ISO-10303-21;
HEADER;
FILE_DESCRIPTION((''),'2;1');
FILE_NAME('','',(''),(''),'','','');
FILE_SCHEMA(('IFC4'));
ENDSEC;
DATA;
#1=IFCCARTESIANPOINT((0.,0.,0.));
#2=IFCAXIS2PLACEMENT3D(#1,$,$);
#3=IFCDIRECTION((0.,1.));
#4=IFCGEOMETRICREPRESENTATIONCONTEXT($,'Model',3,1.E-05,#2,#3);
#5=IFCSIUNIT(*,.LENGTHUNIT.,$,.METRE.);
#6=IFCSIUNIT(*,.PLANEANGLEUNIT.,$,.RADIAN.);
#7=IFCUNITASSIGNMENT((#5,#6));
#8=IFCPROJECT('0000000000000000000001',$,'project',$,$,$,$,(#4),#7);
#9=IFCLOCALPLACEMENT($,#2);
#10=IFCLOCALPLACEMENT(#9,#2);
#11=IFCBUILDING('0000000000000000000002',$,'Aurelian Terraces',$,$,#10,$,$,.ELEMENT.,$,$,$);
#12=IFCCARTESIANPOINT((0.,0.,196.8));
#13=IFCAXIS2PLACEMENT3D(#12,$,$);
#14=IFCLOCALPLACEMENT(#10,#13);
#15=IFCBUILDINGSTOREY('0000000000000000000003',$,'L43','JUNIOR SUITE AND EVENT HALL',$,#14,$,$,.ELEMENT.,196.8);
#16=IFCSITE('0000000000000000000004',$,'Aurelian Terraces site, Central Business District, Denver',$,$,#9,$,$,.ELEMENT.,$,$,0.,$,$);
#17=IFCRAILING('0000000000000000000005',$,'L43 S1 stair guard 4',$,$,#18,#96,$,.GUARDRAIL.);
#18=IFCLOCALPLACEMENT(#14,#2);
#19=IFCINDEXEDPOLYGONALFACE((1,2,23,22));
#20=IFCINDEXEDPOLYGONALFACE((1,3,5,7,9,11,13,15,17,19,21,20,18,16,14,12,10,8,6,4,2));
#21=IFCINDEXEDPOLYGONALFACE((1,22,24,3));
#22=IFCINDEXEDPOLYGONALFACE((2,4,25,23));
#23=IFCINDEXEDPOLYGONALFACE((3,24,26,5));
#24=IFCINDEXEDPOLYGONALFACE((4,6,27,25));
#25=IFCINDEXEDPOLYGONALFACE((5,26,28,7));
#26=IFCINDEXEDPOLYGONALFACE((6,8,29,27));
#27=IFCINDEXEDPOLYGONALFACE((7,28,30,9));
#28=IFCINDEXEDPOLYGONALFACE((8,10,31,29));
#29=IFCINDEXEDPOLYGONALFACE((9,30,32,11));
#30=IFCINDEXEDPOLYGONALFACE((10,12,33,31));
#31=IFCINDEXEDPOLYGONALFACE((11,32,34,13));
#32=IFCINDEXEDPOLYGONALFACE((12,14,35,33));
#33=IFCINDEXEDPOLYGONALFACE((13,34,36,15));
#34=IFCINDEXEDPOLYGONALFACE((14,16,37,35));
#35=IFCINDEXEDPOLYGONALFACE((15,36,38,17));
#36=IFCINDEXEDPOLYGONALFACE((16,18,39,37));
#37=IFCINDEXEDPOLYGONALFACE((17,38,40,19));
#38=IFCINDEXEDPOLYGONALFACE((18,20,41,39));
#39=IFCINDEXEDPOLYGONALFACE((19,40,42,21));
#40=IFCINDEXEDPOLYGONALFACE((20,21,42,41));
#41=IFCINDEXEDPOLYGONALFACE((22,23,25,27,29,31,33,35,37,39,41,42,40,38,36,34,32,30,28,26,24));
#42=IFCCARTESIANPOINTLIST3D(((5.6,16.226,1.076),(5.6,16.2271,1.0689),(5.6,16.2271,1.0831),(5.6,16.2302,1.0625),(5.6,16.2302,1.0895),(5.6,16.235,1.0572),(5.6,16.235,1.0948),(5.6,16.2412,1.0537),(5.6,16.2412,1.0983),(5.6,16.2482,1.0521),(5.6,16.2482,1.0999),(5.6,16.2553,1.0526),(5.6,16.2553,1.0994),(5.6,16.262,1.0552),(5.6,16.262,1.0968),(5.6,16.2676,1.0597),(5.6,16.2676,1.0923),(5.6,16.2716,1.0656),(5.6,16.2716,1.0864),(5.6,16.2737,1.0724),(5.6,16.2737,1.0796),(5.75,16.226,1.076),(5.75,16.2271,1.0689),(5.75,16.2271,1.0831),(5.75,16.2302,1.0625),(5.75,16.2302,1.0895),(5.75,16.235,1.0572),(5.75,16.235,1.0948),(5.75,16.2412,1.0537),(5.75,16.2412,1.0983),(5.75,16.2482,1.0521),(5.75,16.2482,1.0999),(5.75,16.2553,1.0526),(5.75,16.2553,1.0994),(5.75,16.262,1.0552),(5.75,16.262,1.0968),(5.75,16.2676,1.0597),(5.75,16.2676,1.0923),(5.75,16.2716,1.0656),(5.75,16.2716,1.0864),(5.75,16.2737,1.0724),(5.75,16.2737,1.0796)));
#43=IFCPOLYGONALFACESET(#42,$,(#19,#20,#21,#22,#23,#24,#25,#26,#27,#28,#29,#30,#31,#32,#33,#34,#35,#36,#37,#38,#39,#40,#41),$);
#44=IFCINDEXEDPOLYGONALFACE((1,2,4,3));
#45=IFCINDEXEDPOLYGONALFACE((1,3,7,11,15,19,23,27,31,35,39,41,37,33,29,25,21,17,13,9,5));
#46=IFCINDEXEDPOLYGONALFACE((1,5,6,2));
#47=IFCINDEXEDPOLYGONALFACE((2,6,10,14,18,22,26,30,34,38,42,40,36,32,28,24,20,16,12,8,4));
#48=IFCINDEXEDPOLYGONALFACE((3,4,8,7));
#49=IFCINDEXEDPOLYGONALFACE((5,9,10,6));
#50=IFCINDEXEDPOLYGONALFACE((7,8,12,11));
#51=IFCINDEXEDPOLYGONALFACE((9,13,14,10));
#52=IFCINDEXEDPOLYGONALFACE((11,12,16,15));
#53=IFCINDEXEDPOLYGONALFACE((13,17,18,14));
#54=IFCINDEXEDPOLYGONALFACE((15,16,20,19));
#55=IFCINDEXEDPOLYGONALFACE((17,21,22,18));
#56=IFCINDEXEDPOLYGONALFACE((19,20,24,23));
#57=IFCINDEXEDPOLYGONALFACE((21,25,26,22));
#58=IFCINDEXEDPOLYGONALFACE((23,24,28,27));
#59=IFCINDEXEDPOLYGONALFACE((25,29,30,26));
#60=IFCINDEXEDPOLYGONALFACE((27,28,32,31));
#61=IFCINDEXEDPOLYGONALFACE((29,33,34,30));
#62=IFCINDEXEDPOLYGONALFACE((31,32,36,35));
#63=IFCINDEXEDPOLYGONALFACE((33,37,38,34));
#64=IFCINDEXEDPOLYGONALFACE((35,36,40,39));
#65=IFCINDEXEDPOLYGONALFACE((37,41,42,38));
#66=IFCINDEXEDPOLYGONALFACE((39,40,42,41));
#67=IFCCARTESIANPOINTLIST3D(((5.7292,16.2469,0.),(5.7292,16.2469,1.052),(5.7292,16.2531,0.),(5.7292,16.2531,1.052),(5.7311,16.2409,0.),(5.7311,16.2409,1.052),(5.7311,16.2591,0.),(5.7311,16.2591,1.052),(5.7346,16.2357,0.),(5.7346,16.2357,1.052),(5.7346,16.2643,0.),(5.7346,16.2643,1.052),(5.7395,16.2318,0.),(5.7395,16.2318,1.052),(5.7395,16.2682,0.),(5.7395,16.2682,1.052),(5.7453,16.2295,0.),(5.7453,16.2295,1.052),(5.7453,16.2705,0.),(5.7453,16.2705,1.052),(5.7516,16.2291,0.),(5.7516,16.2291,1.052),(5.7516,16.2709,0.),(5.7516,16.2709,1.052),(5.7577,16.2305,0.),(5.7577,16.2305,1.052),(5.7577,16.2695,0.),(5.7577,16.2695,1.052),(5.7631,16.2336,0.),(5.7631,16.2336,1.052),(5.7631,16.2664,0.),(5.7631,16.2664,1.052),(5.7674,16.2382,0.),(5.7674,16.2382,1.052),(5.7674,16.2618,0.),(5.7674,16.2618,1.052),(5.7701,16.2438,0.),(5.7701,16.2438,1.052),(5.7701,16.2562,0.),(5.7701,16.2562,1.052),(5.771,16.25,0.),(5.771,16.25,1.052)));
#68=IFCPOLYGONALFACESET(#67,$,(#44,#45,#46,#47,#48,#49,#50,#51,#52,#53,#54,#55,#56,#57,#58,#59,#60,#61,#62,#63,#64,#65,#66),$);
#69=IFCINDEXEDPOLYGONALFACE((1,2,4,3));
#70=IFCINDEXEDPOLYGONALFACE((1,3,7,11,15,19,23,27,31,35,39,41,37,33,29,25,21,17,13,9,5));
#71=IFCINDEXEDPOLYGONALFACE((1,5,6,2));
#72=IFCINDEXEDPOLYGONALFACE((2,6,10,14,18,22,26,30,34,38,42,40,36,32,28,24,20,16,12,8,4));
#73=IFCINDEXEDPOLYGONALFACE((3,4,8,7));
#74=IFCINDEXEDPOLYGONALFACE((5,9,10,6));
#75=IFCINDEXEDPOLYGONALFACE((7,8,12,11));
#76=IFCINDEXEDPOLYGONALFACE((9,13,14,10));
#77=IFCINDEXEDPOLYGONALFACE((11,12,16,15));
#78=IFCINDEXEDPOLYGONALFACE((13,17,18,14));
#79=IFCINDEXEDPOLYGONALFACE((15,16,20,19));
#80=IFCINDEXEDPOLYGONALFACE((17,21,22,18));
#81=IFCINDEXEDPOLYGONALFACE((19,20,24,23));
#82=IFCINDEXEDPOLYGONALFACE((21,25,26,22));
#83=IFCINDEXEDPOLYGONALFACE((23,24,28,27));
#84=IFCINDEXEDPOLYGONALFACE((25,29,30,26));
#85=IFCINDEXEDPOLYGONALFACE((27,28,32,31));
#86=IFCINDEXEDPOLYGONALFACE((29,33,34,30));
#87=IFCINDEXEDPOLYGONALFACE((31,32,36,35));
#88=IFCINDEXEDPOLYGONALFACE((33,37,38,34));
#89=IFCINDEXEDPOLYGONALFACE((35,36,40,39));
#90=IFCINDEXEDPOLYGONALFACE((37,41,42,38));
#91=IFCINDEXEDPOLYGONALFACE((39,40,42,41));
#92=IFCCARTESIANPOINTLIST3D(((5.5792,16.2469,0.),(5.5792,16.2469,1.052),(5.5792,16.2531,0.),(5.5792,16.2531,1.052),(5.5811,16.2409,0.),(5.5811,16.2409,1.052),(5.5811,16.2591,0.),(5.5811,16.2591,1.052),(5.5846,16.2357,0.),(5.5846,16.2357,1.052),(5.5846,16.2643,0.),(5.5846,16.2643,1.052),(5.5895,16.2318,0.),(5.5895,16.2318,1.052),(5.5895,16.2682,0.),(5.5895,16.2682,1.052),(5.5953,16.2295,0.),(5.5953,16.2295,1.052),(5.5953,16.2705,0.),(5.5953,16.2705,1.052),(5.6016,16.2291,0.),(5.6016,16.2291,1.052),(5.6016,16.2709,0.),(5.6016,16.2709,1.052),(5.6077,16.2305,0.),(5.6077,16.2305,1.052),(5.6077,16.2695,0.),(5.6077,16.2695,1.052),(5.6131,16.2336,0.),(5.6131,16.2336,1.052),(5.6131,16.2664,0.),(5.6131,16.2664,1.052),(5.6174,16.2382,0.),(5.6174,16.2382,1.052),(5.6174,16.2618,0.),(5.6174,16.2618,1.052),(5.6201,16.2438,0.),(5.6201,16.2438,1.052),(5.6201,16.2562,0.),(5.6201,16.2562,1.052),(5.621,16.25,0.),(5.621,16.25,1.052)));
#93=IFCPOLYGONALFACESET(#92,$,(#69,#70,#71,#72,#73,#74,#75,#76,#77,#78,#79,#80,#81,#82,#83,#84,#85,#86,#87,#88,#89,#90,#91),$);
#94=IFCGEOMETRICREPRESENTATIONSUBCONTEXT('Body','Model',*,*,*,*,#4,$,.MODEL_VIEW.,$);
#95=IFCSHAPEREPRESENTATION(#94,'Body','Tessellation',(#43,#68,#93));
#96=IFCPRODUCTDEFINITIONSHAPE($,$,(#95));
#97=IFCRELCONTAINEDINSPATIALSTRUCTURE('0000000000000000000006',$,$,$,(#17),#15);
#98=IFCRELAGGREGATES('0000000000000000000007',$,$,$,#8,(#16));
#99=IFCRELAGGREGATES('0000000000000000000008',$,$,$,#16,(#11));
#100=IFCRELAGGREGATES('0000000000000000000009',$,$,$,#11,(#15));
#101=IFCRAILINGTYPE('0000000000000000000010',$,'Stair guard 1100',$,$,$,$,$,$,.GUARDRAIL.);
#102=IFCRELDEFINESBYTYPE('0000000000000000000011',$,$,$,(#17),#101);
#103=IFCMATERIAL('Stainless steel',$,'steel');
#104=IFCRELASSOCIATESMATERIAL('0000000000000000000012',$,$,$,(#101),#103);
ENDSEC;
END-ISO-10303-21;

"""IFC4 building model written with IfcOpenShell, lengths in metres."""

from ifc_helpers import new_model, si_unit, direction, frame, origin, origin_2d, place, context, subcontext, project, spatial, circle, extrude, source, transform, mapped, material, type_object, element, save


model = new_model("IFC4")

# Units and contexts
model_context = context("Model", 3, precision=1e-05, world=origin(), true_north=direction((0.0, 1.0)))
body_context = subcontext(model_context, "Body", "Model", "MODEL_VIEW")
ifc_project = project(units=[si_unit("LENGTHUNIT", "METRE"), si_unit("PLANEANGLEUNIT", "RADIAN")], contexts=[model_context])

# Site, building, storey
site_placement = place(None, origin())
site = spatial("IfcSite", under=ifc_project, at=site_placement, Name="Aurelian Terraces site, Central Business District, Denver", CompositionType="ELEMENT", RefElevation=0.0)
building_placement = place(site_placement, origin())
building = spatial("IfcBuilding", under=site, at=building_placement, Name="Aurelian Terraces", CompositionType="ELEMENT")
storey_placement = place(building_placement, frame((0.0, 0.0, 196.8)))
storey = spatial("IfcBuildingStorey", under=building, at=storey_placement, Name="L43", Description="JUNIOR SUITE AND EVENT HALL", CompositionType="ELEMENT", Elevation=196.8)

# Shared definitions
ifc_material_1 = material(Name="Stainless steel", Category="steel")

# Railing
railing_type_1 = type_object("IfcRailingType", Name="Stair guard 1100", PredefinedType="GUARDRAIL", material=ifc_material_1)
shared_shape_1 = source(origin(), body_context, "Body", "SweptSolid", [
    extrude(circle(Radius=0.024, at=origin_2d()), frame((0.0, 0.0, 1.076), z_axis=(-1.0, 0.0, 0.0), x_axis=(0.0, -1.0, 0.0)), (0.0, 0.0, 1.0), 0.15),
    extrude(circle(Radius=0.021, at=origin_2d()), origin(), (0.0, 0.0, 1.0), 1.052),
    extrude(circle(Radius=0.021, at=origin_2d()), frame((-0.15, 0.0, 0.0)), (0.0, 0.0, 1.0), 1.052),
])
railing_1_placement = place(storey_placement, frame((5.75, 16.25, 0.0)))
element("IfcRailing", 1, at=railing_1_placement, inside=storey, type_object=railing_type_1, Name="L43 S1 stair guard 4", PredefinedType="GUARDRAIL", context=body_context, shape_type="MappedRepresentation", body=[
    mapped(shared_shape_1, transform((0.0, 0.0, 0.0), scale=1.0)),
])

save(model, "model.ifc")
